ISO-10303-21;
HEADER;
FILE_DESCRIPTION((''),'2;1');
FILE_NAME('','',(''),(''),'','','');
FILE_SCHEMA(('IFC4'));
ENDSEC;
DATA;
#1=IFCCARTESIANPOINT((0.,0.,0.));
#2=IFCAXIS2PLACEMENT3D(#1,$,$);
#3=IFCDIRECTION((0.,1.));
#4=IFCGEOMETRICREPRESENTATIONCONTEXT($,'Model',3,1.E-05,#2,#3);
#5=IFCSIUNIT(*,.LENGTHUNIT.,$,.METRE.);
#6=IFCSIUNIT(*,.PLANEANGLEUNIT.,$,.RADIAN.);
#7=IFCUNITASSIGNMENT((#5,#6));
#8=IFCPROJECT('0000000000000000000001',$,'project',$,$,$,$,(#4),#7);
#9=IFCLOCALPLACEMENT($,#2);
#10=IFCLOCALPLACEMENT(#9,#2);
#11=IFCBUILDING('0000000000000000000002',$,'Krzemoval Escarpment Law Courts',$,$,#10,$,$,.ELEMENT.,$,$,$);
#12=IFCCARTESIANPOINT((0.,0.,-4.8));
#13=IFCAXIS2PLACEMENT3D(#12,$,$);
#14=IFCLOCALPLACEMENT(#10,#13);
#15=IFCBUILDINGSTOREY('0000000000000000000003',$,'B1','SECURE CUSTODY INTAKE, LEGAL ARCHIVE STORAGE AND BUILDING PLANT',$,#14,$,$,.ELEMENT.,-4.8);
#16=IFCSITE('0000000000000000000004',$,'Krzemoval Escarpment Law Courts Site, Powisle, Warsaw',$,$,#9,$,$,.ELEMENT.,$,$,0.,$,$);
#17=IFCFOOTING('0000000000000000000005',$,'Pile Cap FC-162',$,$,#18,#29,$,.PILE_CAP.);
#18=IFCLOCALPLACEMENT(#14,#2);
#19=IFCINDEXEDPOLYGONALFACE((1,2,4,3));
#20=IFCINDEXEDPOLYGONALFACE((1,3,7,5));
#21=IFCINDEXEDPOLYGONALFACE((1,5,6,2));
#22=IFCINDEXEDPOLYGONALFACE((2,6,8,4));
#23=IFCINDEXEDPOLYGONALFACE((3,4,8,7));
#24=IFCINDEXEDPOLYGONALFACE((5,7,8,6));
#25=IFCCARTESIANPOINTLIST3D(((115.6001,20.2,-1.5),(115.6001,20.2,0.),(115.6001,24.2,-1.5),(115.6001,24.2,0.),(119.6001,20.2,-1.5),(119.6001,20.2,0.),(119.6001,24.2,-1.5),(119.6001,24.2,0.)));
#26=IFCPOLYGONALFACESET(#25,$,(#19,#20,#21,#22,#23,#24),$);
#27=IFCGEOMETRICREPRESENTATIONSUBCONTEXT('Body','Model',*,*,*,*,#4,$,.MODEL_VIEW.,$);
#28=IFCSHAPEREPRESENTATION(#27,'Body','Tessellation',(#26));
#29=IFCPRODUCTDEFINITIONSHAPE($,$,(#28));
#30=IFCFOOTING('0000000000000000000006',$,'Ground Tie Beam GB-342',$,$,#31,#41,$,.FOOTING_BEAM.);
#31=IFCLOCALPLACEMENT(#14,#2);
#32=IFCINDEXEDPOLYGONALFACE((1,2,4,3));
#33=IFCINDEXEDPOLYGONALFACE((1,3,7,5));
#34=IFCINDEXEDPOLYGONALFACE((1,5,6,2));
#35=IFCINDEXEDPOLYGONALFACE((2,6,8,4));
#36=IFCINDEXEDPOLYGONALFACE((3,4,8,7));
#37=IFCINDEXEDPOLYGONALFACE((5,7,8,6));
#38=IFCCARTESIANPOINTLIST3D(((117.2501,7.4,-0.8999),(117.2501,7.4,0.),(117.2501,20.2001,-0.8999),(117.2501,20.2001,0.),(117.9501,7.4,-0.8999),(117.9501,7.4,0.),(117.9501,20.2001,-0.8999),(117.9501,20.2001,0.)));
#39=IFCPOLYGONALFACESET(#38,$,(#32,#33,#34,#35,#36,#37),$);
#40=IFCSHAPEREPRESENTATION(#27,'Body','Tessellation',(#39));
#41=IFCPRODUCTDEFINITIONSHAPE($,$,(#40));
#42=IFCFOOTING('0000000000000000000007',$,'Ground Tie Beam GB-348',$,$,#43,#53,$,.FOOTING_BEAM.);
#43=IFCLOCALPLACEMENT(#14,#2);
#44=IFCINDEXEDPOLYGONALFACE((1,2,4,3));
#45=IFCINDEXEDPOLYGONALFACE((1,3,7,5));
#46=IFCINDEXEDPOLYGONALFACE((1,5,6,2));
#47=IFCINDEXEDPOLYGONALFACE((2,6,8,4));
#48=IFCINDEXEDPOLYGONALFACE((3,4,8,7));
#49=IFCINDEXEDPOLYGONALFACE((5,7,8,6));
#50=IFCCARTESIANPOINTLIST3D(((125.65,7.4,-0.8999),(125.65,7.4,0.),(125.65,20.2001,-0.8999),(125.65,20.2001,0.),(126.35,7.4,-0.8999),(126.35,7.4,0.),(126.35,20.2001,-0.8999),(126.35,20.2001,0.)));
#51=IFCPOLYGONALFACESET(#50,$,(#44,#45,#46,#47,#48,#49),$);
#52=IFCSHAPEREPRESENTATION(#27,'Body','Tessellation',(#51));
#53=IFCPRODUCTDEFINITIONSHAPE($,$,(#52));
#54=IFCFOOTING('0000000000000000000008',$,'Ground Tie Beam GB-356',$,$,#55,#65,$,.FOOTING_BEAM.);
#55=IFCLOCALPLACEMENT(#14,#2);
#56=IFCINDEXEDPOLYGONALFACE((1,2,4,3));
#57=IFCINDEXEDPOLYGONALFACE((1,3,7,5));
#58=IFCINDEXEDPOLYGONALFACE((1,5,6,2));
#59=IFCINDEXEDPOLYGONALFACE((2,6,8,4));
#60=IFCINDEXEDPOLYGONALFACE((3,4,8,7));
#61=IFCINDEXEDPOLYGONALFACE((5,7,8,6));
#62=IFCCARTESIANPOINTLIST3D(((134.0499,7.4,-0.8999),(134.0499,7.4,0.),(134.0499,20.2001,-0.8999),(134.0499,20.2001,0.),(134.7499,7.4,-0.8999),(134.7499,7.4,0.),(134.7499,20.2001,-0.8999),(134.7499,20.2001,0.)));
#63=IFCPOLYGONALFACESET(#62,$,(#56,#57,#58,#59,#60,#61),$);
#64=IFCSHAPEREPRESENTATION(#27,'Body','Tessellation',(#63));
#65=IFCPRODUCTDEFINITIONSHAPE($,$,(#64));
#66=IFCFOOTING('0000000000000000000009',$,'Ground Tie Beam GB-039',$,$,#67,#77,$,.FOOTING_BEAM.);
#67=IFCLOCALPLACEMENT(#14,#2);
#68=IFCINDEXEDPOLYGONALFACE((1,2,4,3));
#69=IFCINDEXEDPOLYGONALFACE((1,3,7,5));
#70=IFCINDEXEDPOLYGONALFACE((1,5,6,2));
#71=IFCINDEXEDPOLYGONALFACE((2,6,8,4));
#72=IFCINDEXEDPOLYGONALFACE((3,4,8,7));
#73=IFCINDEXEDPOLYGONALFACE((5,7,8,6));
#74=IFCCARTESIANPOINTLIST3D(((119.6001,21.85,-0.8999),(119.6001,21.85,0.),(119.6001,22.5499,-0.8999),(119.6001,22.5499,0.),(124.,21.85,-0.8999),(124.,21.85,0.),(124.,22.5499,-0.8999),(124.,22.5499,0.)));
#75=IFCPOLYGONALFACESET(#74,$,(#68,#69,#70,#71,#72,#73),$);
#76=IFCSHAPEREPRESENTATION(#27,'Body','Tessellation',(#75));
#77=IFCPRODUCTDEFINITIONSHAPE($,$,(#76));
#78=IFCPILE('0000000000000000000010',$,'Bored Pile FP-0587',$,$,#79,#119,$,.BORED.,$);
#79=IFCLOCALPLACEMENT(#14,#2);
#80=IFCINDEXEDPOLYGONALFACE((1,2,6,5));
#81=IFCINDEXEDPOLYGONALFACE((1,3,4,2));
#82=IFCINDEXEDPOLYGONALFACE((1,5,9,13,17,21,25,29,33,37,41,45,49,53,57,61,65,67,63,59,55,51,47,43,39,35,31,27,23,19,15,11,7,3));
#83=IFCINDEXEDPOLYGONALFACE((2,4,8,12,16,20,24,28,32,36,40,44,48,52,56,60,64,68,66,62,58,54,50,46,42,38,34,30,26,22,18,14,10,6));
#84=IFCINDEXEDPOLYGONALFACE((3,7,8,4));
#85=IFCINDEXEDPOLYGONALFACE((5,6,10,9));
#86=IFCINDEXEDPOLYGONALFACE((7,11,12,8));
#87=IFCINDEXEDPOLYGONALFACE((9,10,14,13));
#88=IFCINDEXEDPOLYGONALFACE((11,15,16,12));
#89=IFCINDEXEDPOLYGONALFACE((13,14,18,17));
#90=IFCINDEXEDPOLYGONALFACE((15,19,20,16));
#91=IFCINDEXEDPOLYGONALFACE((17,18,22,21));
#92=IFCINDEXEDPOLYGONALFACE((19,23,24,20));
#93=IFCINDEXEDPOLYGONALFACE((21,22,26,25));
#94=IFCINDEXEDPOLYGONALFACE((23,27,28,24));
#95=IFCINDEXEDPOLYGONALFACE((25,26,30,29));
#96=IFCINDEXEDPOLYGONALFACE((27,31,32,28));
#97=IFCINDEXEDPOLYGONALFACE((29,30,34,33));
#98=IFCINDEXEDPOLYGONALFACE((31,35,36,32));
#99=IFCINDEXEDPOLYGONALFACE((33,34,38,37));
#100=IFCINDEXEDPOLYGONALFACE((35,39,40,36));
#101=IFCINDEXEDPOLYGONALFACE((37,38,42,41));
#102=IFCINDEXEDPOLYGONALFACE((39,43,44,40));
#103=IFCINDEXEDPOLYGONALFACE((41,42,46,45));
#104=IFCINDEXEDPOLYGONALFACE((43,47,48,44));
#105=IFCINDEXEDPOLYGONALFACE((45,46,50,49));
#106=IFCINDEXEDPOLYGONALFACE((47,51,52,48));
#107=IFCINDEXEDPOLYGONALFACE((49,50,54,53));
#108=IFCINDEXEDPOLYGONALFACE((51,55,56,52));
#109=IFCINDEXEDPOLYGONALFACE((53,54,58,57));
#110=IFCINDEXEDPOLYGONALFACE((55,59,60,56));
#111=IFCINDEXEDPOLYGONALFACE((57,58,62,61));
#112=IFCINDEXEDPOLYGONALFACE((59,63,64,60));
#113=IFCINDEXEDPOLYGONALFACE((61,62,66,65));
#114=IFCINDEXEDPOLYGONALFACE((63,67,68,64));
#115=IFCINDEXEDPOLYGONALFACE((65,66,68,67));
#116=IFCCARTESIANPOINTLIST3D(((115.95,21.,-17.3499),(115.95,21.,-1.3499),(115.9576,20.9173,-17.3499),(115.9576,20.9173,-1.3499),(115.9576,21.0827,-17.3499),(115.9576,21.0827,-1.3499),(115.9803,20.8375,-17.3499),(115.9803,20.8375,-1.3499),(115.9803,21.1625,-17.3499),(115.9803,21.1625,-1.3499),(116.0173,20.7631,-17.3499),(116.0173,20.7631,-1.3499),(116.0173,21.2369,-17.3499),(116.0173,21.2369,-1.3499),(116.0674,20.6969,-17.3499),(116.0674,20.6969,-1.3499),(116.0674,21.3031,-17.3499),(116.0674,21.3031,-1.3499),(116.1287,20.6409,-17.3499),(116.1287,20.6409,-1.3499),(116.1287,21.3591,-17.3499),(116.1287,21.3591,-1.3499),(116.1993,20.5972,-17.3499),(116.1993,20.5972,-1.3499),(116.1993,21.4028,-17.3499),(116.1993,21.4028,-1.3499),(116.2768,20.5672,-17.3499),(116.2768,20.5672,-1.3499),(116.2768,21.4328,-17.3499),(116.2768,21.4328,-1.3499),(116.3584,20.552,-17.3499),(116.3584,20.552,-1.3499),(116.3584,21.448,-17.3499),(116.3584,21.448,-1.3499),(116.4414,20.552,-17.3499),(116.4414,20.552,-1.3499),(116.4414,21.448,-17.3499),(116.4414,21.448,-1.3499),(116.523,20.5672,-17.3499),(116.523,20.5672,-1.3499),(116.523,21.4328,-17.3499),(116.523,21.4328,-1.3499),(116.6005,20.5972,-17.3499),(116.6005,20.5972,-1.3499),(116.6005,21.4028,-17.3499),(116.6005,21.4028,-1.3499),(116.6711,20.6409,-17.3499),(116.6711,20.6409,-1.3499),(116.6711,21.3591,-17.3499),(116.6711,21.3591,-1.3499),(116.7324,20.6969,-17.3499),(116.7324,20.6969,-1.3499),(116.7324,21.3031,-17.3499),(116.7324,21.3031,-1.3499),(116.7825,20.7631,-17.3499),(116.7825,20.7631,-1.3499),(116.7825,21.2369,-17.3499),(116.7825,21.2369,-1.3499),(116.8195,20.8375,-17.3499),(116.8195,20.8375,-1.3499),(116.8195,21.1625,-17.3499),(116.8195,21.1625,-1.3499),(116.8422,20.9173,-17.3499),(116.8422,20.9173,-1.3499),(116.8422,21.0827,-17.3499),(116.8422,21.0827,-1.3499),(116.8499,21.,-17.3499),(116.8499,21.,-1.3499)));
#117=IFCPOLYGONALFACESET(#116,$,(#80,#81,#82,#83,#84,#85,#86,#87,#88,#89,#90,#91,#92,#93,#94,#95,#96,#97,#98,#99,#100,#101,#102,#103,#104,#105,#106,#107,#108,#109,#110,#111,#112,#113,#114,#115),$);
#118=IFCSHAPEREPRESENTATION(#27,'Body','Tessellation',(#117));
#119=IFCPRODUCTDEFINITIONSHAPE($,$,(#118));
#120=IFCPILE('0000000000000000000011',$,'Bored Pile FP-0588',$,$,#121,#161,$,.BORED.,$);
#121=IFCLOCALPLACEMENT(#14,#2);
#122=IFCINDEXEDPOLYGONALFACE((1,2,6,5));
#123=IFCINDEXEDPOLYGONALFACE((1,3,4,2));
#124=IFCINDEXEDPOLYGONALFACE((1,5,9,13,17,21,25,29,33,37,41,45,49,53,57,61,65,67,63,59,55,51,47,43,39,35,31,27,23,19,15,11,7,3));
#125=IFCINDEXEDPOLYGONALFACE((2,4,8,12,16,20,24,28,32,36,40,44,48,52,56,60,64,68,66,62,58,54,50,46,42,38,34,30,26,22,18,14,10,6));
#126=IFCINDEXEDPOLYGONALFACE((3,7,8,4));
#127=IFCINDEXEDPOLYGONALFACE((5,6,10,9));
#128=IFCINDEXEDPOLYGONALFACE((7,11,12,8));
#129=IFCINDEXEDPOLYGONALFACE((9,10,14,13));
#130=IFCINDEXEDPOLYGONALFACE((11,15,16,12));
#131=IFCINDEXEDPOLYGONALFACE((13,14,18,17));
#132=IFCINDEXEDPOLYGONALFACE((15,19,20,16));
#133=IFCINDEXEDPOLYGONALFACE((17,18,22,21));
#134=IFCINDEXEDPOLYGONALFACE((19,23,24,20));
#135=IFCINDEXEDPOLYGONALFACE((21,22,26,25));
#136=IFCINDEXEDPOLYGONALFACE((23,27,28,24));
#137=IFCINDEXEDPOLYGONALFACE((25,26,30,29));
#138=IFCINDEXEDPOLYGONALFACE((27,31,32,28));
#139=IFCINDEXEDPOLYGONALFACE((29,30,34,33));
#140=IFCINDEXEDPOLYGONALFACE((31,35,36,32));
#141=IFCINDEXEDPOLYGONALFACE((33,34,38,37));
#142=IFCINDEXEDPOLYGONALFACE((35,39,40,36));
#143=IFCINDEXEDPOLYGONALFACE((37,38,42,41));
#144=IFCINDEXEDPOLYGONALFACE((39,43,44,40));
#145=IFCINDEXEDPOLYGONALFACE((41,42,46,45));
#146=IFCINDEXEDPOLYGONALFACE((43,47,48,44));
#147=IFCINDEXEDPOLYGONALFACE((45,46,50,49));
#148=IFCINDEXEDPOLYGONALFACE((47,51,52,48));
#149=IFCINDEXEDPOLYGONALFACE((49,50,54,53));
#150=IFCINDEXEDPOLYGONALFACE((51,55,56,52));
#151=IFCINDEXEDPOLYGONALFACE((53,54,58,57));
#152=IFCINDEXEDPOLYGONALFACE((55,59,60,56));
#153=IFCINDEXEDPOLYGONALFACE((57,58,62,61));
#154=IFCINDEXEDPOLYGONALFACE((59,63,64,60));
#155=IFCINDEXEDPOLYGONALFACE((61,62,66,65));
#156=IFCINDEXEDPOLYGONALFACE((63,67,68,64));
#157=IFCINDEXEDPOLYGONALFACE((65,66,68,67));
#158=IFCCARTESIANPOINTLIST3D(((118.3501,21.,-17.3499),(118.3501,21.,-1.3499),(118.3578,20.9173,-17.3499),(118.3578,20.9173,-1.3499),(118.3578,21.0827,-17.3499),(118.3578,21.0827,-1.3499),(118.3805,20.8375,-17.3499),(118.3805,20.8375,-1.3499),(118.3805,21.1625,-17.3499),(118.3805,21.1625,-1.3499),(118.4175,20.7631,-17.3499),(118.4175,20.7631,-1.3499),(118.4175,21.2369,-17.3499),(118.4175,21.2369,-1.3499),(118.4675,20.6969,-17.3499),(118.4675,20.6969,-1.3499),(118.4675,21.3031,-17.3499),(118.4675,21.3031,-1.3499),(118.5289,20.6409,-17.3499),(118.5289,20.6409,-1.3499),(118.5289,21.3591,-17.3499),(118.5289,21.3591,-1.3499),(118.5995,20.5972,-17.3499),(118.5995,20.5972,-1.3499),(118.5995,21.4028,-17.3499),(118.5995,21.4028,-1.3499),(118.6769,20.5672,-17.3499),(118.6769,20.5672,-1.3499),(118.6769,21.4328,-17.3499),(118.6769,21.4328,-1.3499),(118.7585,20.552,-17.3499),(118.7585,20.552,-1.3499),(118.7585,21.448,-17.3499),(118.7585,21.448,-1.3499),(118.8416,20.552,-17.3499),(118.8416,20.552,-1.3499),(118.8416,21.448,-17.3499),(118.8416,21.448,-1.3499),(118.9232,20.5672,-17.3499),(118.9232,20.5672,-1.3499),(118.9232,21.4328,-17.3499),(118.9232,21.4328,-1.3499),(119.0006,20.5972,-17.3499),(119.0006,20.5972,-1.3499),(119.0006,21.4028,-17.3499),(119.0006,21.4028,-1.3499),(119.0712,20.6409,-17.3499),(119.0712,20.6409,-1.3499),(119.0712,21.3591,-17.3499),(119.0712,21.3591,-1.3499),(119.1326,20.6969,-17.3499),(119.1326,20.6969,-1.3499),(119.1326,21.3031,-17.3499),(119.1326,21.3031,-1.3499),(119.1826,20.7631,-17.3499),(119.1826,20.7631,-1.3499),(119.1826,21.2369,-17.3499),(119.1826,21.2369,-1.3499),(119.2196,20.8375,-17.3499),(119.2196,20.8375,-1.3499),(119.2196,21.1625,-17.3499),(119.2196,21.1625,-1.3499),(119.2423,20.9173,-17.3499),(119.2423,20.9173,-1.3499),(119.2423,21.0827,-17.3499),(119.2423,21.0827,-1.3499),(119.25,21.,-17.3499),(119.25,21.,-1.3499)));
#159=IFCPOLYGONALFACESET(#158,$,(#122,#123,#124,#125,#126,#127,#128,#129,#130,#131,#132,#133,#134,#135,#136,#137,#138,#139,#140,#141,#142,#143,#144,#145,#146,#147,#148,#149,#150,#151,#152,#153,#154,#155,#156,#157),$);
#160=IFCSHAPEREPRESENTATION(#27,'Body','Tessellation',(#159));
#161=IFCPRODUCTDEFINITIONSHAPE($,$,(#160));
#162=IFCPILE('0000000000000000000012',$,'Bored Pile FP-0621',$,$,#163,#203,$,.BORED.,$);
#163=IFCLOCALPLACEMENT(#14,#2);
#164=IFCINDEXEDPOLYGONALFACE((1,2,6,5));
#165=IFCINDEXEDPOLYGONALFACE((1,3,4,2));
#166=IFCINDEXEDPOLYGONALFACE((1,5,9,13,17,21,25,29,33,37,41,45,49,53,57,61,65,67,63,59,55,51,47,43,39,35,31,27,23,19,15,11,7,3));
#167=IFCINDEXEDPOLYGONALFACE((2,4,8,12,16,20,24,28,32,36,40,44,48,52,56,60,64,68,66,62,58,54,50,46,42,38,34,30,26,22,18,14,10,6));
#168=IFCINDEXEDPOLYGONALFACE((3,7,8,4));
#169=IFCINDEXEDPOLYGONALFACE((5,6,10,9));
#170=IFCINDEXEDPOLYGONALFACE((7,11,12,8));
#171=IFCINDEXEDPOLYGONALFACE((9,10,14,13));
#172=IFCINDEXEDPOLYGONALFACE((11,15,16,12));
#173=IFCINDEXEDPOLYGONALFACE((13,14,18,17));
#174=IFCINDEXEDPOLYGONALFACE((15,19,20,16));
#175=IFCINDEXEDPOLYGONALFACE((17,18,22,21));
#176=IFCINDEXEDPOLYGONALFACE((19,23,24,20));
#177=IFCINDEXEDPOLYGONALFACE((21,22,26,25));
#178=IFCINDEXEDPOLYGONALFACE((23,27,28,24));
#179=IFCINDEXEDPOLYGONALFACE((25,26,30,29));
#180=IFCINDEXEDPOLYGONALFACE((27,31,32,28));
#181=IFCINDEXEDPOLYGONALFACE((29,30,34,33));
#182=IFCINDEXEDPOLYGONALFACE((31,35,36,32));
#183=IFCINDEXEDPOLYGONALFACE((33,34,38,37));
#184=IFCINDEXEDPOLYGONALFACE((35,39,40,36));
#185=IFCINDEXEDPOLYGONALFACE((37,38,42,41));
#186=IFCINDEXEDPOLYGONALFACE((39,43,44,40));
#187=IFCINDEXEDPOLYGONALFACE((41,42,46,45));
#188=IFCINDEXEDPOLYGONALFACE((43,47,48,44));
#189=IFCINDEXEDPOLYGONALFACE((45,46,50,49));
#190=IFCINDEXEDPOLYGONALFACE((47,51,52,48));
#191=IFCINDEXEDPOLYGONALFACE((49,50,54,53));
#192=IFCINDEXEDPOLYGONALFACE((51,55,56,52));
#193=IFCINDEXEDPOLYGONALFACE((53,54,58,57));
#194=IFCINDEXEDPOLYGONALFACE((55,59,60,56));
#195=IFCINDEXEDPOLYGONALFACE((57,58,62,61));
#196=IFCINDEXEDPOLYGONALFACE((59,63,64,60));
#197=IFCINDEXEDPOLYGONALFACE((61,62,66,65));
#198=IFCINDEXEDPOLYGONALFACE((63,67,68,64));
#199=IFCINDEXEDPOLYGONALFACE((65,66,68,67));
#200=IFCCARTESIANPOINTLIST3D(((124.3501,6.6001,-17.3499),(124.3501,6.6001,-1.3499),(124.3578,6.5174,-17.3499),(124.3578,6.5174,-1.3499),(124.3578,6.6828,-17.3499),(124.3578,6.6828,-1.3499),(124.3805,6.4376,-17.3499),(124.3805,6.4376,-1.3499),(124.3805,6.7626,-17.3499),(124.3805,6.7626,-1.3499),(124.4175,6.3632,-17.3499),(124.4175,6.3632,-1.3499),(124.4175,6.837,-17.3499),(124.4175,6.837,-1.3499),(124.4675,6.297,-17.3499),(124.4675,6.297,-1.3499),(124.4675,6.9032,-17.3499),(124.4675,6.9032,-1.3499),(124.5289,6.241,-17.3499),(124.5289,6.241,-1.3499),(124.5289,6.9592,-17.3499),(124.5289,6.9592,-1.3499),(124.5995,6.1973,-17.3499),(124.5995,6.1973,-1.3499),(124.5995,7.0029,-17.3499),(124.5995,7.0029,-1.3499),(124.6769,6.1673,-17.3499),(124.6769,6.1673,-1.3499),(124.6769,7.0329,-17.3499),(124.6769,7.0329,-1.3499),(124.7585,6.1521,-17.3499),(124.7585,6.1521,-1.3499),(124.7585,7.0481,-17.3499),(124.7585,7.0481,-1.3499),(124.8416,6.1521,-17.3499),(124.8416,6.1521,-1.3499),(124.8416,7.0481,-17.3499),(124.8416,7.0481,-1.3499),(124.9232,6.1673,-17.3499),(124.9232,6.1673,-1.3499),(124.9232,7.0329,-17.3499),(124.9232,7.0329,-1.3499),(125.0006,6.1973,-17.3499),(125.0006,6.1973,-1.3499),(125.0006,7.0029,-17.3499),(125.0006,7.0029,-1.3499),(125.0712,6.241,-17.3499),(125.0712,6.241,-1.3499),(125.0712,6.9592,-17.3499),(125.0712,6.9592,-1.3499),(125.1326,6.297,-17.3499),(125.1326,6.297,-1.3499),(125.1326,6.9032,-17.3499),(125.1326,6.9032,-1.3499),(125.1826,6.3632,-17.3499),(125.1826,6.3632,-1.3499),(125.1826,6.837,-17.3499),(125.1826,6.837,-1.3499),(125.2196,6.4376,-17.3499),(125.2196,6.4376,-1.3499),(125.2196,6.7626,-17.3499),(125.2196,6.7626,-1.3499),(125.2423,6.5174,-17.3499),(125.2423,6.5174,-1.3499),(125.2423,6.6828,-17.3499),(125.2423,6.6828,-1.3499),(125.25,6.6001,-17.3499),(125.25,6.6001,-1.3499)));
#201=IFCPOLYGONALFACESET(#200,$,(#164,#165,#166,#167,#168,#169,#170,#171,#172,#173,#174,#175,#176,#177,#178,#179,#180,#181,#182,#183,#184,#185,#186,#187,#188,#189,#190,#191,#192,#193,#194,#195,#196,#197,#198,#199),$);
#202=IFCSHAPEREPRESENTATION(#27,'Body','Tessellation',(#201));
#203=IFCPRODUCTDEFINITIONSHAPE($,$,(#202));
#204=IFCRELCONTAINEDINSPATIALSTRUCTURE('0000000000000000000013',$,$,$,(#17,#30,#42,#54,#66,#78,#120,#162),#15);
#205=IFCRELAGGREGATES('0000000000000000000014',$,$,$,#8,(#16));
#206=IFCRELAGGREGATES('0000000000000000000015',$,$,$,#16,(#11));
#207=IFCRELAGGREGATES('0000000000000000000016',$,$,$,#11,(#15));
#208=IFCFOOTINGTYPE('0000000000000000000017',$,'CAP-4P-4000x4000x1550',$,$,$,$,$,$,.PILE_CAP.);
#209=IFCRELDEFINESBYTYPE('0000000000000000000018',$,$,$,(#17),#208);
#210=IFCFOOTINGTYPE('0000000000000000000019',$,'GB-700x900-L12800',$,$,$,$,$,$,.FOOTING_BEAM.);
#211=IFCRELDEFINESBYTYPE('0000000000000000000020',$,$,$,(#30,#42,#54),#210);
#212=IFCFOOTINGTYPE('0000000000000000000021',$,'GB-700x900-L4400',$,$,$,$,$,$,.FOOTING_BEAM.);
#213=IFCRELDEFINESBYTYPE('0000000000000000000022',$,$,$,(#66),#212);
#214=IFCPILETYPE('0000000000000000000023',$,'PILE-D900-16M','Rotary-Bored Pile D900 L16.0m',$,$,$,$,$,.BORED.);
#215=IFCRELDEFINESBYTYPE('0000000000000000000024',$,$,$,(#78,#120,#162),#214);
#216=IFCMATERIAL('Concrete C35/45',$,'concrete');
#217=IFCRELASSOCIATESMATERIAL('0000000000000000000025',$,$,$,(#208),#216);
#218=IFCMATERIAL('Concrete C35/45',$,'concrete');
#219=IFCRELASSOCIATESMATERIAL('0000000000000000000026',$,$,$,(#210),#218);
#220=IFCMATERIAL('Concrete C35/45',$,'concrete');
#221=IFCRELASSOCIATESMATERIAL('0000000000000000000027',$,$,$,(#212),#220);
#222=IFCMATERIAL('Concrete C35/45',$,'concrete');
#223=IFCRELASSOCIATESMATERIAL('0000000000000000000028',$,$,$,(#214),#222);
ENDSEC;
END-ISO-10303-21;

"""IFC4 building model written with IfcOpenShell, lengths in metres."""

from ifc_helpers import new_model, si_unit, direction, frame, origin, origin_2d, place, context, subcontext, project, spatial, rectangle, circle, extrude, material, material_profile, profile_set, type_object, element, save


model = new_model("IFC4")

# Units and contexts
model_context = context("Model", 3, precision=1e-05, world=origin(), true_north=direction((0.0, 1.0)))
body_context = subcontext(model_context, "Body", "Model", "MODEL_VIEW")
ifc_project = project(units=[si_unit("LENGTHUNIT", "METRE"), si_unit("PLANEANGLEUNIT", "RADIAN")], contexts=[model_context])

# Site, building, storey
site_placement = place(None, origin())
site = spatial("IfcSite", under=ifc_project, at=site_placement, Name="Krzemoval Escarpment Law Courts Site, Powisle, Warsaw", CompositionType="ELEMENT", RefElevation=0.0)
building_placement = place(site_placement, origin())
building = spatial("IfcBuilding", under=site, at=building_placement, Name="Krzemoval Escarpment Law Courts", CompositionType="ELEMENT")
storey_placement = place(building_placement, frame((0.0, 0.0, -4.8)))
storey = spatial("IfcBuildingStorey", under=building, at=storey_placement, Name="B1", Description="SECURE CUSTODY INTAKE, LEGAL ARCHIVE STORAGE AND BUILDING PLANT", CompositionType="ELEMENT", Elevation=-4.8)

# Footings
ifc_material_1 = material(Name="Concrete C35/45", Category="concrete")
footing_type_1 = type_object("IfcFootingType", Name="CAP-4P-4000x4000x1550", PredefinedType="PILE_CAP", material=ifc_material_1)
footing_1_placement = place(storey_placement, frame((117.6001, 22.2, -1.5), z_axis=(0.0, 0.0, 1.0), x_axis=(1.0, 0.0, 0.0)))
element("IfcFooting", 1, at=footing_1_placement, inside=storey, type_object=footing_type_1, Name="Pile Cap FC-162", PredefinedType="PILE_CAP", context=body_context, shape_type="SweptSolid", body=[
    extrude(rectangle(XDim=4.0, YDim=4.0, at=origin_2d()), origin(), (0.0, 0.0, 1.0), 1.5),
])
ifc_material_2 = material(Name="Concrete C35/45", Category="concrete")
footing_type_2 = type_object("IfcFootingType", Name="GB-700x900-L12800", PredefinedType="FOOTING_BEAM", material=ifc_material_2)
for number, where, z_axis, x_axis, name in (
    (2, (117.6001, 13.8, -0.8999), (0.0, 0.0, 1.0), (0.0, 1.0, 0.0), "Ground Tie Beam GB-342"),
    (3, (126.0, 13.8, -0.8999), (0.0, 0.0, 1.0), (0.0, 1.0, 0.0), "Ground Tie Beam GB-348"),
    (4, (134.3999, 13.8, -0.8999), (0.0, 0.0, 1.0), (0.0, 1.0, 0.0), "Ground Tie Beam GB-356"),
):
    element("IfcFooting", number, at=place(storey_placement, frame(where, z_axis=z_axis, x_axis=x_axis)), inside=storey, type_object=footing_type_2, Name=name, PredefinedType="FOOTING_BEAM", context=body_context, shape_type="SweptSolid", body=[
        extrude(rectangle(XDim=12.8, YDim=0.7, at=origin_2d()), origin(), (0.0, 0.0, 1.0), 0.8999),
    ])
ifc_material_3 = material(Name="Concrete C35/45", Category="concrete")
footing_type_3 = type_object("IfcFootingType", Name="GB-700x900-L4400", PredefinedType="FOOTING_BEAM", material=ifc_material_3)
footing_2_placement = place(storey_placement, frame((121.8, 22.2, -0.8999), z_axis=(0.0, 0.0, 1.0), x_axis=(1.0, 0.0, 0.0)))
element("IfcFooting", 5, at=footing_2_placement, inside=storey, type_object=footing_type_3, Name="Ground Tie Beam GB-039", PredefinedType="FOOTING_BEAM", context=body_context, shape_type="SweptSolid", body=[
    extrude(rectangle(XDim=4.3999, YDim=0.7, at=origin_2d()), origin(), (0.0, 0.0, 1.0), 0.8999),
])

# Piles
ifc_material_4 = material(Name="Concrete C35/45", Category="concrete")
ifc_material_profile_1 = material_profile(ifc_material_4, circle(Radius=0.45, at=origin_2d()), Name="PILE D900")
ifc_profile_set_1 = profile_set([ifc_material_profile_1], Name="Concrete C35/45")
pile_type = type_object("IfcPileType", Name="PILE-D900-16M", Description="Rotary-Bored Pile D900 L16.0m", PredefinedType="BORED", material=ifc_profile_set_1)
for number, where, z_axis, x_axis, name in (
    (6, (116.3999, 21.0, -1.3499), (0.0, 0.0, -1.0), (1.0, 0.0, 0.0), "Bored Pile FP-0587"),
    (7, (118.8, 21.0, -1.3499), (0.0, 0.0, -1.0), (1.0, 0.0, 0.0), "Bored Pile FP-0588"),
    (8, (124.8, 6.6001, -1.3499), (0.0, 0.0, -1.0), (1.0, 0.0, 0.0), "Bored Pile FP-0621"),
):
    element("IfcPile", number, at=place(storey_placement, frame(where, z_axis=z_axis, x_axis=x_axis)), inside=storey, type_object=pile_type, Name=name, PredefinedType="BORED", context=body_context, shape_type="SweptSolid", body=[
        extrude(circle(Radius=0.45, at=origin_2d()), origin(), (0.0, 0.0, 1.0), 16.0),
    ])

save(model, "model.ifc")
